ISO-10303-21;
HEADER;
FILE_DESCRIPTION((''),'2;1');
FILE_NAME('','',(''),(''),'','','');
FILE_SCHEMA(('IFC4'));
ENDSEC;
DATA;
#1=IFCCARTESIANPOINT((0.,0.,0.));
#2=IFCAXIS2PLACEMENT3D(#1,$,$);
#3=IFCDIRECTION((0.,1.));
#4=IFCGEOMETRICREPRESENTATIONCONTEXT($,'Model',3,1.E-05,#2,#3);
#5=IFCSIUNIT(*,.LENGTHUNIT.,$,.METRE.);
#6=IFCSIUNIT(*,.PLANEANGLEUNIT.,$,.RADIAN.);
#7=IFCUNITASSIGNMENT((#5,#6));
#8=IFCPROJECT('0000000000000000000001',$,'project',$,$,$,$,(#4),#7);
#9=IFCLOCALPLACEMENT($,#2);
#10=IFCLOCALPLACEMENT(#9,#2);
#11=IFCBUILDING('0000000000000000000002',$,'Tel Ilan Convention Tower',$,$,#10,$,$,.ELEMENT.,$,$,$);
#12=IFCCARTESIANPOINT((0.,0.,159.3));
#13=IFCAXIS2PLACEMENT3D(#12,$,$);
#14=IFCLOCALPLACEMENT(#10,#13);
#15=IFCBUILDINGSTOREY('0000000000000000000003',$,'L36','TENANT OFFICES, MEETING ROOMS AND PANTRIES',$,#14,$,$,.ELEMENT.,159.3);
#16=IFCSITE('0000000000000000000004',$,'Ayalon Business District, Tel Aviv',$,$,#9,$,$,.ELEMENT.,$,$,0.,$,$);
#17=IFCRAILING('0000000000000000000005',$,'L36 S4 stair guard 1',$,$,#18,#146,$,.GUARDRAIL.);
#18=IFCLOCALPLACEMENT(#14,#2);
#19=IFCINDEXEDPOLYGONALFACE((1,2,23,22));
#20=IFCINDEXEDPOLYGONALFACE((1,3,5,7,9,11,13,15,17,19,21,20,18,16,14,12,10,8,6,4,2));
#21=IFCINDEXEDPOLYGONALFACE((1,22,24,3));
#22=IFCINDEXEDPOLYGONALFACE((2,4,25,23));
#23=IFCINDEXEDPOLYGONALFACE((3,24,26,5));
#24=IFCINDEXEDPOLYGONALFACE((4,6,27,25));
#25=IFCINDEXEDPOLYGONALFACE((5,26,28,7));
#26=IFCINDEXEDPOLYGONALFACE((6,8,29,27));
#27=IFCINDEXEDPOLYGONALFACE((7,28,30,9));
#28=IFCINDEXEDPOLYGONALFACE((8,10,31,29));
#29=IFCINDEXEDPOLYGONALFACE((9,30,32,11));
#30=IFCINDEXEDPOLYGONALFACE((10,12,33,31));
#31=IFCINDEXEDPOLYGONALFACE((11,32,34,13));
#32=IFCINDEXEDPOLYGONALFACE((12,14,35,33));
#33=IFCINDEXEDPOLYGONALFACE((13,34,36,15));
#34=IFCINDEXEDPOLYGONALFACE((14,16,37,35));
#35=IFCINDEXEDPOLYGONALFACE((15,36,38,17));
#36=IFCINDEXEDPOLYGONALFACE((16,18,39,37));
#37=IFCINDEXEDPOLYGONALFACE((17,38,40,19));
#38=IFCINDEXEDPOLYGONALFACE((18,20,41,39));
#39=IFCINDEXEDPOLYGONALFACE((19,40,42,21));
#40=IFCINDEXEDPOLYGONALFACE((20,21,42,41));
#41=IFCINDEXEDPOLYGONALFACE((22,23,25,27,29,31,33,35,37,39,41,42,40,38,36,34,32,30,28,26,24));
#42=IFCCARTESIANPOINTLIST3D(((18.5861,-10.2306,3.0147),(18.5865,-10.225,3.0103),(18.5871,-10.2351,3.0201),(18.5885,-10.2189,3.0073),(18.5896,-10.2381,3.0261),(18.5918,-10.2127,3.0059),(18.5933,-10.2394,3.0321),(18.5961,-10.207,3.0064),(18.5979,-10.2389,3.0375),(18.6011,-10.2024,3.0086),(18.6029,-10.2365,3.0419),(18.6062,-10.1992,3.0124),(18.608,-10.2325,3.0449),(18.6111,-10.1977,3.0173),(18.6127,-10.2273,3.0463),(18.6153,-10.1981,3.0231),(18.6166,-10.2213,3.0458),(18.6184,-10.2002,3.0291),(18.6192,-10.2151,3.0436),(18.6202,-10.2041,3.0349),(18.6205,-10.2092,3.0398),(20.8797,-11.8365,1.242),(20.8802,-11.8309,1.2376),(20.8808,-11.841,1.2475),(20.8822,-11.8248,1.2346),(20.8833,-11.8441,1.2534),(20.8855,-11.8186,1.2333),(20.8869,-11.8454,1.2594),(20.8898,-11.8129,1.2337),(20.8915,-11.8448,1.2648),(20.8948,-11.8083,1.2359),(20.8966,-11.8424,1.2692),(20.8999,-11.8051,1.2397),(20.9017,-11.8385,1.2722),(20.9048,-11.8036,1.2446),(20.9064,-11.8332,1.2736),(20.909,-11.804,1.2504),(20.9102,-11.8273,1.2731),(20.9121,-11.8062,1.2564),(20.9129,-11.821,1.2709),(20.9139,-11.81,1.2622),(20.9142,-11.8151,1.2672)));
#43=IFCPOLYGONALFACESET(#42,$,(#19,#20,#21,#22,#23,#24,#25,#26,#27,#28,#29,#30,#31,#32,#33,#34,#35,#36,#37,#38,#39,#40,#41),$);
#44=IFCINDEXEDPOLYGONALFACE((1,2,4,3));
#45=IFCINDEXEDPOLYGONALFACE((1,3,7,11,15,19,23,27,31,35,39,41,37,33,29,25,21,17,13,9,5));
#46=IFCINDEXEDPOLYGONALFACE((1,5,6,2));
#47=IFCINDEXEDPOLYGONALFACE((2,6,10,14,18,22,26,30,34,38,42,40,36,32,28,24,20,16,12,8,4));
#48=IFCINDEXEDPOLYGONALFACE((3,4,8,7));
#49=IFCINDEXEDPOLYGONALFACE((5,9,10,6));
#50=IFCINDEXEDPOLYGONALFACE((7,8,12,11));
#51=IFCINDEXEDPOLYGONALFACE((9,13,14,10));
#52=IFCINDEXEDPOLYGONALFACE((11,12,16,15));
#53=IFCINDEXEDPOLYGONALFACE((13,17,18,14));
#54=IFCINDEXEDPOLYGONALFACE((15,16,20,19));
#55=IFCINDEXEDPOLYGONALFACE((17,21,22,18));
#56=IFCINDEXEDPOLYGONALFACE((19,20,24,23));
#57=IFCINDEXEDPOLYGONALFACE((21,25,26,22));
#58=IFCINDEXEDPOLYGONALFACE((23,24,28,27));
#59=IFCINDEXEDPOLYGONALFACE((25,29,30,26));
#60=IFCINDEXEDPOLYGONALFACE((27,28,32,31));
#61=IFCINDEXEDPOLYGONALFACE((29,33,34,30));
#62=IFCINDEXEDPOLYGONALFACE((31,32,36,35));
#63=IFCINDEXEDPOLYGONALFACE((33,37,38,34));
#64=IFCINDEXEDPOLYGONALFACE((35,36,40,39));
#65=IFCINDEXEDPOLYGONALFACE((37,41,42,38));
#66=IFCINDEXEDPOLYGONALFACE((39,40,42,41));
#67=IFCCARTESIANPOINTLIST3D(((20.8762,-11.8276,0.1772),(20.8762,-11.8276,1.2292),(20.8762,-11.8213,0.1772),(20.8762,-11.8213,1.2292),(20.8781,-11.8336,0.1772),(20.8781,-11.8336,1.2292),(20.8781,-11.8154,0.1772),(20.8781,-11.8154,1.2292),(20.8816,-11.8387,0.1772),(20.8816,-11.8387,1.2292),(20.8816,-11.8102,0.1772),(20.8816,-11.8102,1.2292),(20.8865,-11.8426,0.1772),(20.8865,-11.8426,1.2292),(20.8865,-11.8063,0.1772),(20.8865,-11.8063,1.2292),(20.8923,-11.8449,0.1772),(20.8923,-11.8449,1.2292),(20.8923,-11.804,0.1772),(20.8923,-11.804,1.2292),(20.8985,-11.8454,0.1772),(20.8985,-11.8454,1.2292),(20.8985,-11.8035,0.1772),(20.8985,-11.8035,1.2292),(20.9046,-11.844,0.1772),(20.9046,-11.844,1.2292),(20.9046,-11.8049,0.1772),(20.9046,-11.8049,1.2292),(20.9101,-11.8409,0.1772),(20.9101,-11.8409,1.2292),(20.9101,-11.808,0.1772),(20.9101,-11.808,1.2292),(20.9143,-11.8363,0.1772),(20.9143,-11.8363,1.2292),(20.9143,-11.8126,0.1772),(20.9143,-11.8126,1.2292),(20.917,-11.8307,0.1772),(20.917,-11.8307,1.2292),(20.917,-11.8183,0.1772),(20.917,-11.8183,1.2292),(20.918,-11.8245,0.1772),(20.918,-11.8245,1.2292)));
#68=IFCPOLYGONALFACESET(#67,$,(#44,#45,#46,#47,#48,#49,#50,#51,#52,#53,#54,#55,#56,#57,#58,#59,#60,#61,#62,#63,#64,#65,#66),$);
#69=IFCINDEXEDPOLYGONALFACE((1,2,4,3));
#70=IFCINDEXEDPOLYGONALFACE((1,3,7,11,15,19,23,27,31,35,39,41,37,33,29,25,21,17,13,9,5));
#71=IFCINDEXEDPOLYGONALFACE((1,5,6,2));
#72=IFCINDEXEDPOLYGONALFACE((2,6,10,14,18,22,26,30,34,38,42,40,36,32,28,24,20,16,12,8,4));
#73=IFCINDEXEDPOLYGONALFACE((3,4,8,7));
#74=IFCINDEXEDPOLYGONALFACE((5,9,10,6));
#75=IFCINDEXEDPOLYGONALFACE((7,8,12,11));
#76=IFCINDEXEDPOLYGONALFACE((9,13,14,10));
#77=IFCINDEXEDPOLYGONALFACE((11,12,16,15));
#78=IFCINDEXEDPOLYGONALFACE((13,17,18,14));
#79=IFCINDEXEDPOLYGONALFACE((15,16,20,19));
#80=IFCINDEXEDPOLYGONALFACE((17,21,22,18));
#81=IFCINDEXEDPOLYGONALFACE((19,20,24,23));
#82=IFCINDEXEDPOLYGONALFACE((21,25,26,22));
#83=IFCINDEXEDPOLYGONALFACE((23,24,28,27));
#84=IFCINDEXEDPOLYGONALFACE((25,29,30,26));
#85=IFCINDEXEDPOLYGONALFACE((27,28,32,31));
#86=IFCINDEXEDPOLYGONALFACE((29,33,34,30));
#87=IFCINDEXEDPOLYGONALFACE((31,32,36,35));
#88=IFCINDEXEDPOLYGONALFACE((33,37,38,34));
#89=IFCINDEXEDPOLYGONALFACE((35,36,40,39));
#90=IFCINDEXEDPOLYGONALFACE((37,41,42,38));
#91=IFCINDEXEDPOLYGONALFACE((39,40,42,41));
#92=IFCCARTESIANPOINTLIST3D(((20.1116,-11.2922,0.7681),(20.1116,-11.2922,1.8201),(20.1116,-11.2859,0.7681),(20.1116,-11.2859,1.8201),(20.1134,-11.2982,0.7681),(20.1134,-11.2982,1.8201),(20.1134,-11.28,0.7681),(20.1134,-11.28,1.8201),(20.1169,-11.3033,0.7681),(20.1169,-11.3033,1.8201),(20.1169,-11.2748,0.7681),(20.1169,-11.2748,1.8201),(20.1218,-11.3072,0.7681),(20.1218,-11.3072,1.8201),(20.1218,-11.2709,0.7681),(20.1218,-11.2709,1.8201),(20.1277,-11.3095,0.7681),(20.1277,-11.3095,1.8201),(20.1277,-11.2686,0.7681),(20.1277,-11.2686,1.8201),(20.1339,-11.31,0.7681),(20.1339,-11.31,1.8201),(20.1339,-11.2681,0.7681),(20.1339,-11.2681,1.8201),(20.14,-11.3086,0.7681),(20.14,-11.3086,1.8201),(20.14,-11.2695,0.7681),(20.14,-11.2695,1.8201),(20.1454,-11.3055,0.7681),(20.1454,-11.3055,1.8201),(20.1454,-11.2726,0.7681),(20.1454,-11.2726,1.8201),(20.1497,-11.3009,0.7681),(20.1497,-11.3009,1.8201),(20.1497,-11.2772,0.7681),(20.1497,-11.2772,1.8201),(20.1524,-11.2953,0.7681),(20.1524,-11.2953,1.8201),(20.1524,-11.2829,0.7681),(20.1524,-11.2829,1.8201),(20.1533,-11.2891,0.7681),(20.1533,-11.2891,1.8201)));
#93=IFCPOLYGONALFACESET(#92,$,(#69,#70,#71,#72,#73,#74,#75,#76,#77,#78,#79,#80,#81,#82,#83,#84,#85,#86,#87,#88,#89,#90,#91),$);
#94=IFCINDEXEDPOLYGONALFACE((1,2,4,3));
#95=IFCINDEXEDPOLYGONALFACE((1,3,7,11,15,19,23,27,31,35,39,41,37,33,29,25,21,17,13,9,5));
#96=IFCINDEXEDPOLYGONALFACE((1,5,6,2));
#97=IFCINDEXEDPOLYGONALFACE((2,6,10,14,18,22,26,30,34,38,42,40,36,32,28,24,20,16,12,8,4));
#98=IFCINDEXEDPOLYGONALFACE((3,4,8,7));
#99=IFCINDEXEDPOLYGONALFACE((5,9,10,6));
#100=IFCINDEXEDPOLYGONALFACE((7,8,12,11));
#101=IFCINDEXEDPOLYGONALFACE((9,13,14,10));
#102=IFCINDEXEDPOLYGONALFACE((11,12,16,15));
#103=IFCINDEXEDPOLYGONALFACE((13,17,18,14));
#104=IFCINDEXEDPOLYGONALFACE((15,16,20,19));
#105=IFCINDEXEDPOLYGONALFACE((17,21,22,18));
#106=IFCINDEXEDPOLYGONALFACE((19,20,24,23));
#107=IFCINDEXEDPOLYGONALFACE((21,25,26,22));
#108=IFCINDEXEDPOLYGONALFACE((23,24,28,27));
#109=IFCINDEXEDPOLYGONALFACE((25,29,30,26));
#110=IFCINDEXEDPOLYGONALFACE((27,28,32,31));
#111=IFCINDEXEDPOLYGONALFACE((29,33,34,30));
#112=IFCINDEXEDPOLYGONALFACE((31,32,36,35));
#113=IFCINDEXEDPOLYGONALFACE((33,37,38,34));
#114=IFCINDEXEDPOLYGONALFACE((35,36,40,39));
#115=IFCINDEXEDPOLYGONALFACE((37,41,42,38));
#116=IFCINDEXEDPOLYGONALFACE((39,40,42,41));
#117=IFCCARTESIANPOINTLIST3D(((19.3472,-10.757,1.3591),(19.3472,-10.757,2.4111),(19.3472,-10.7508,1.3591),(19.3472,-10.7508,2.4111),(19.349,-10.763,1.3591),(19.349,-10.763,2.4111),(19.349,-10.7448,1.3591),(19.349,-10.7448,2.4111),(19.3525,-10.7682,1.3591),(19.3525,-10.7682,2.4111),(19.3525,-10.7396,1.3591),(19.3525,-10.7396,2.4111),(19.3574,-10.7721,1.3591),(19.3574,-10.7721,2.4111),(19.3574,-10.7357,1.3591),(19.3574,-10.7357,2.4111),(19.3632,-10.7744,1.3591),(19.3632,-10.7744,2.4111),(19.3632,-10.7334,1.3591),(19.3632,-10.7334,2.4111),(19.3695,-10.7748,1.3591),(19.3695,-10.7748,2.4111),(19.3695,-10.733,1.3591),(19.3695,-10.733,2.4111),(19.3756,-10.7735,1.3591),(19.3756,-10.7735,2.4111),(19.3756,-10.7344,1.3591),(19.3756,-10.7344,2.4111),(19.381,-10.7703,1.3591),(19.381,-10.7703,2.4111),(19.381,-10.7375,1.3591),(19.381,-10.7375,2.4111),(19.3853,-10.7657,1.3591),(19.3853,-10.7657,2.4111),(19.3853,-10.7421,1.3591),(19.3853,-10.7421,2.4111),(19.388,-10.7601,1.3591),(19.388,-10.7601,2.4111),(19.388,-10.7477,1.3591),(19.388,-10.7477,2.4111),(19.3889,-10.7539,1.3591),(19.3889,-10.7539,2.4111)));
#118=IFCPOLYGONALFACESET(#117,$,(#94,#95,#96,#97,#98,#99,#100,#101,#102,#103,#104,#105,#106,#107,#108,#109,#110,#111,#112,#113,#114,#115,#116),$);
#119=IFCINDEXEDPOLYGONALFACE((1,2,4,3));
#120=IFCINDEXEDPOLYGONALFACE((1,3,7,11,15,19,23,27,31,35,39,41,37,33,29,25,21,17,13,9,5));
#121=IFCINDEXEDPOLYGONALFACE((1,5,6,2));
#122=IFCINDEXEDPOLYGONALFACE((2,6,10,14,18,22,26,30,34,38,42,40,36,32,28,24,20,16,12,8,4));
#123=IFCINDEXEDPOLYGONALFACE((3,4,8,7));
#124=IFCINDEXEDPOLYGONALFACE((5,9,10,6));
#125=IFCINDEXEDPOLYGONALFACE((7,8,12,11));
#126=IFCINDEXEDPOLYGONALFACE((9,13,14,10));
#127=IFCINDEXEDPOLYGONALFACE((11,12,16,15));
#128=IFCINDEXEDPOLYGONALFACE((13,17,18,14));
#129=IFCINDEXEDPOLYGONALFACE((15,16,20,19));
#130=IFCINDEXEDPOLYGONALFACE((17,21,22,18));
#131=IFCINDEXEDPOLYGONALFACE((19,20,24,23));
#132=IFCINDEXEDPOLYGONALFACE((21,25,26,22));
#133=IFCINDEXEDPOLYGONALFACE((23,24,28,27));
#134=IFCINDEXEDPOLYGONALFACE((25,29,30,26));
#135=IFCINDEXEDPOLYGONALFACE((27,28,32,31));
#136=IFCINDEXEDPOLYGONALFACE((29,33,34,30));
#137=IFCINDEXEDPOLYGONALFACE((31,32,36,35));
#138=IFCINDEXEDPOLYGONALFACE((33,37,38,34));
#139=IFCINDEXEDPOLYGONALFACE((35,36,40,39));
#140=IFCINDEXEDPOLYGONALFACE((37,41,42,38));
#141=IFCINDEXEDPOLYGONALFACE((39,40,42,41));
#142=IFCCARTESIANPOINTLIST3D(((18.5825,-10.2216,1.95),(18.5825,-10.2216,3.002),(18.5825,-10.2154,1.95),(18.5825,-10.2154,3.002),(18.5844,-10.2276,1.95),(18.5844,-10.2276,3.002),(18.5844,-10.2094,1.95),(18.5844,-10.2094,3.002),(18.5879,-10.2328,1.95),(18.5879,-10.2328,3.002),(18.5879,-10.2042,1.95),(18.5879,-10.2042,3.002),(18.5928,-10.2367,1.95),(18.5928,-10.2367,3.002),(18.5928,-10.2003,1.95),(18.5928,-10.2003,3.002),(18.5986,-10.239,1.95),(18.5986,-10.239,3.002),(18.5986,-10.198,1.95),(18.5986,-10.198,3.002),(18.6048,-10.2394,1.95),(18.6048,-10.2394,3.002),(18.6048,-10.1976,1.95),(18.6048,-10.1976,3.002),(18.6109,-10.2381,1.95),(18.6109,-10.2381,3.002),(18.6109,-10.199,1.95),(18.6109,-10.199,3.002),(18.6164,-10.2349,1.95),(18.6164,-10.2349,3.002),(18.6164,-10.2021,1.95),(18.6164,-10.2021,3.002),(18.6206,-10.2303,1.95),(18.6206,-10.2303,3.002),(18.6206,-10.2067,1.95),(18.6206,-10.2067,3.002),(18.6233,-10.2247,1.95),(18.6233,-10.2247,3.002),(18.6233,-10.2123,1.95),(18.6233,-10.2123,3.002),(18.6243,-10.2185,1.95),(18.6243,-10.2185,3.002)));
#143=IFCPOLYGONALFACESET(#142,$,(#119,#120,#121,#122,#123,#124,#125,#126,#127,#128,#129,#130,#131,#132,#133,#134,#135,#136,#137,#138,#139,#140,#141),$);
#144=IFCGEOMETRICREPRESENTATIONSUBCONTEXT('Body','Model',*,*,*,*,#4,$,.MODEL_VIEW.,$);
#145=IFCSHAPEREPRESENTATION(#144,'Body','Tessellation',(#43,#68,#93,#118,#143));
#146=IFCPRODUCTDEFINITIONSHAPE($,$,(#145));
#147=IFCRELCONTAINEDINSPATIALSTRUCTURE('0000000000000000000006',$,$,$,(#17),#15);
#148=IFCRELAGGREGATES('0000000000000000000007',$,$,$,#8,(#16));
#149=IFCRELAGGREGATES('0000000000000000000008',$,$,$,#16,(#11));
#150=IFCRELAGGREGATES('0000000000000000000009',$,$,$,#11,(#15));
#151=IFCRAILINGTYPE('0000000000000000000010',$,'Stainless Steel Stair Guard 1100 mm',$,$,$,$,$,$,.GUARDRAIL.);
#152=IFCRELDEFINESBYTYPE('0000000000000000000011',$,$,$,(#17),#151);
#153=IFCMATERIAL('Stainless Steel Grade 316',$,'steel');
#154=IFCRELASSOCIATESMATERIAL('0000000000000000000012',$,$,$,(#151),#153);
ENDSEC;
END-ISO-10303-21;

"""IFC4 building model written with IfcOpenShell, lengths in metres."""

from ifc_helpers import new_model, si_unit, direction, frame, origin, origin_2d, place, context, subcontext, project, spatial, circle, extrude, material, type_object, element, save


model = new_model("IFC4")

# Units and contexts
model_context = context("Model", 3, precision=1e-05, world=origin(), true_north=direction((0.0, 1.0)))
body_context = subcontext(model_context, "Body", "Model", "MODEL_VIEW")
ifc_project = project(units=[si_unit("LENGTHUNIT", "METRE"), si_unit("PLANEANGLEUNIT", "RADIAN")], contexts=[model_context])

# Site, building, storey
site_placement = place(None, origin())
site = spatial("IfcSite", under=ifc_project, at=site_placement, Name="Ayalon Business District, Tel Aviv", CompositionType="ELEMENT", RefElevation=0.0)
building_placement = place(site_placement, origin())
building = spatial("IfcBuilding", under=site, at=building_placement, Name="Tel Ilan Convention Tower", CompositionType="ELEMENT")
storey_placement = place(building_placement, frame((0.0, 0.0, 159.3)))
storey = spatial("IfcBuildingStorey", under=building, at=storey_placement, Name="L36", Description="TENANT OFFICES, MEETING ROOMS AND PANTRIES", CompositionType="ELEMENT", Elevation=159.3)

# Railing
ifc_material_1 = material(Name="Stainless Steel Grade 316", Category="steel")
railing_type_1 = type_object("IfcRailingType", Name="Stainless Steel Stair Guard 1100 mm", PredefinedType="GUARDRAIL", material=ifc_material_1)
railing_1_placement = place(storey_placement, frame((20.897, -11.8245, 0.1772)))
element("IfcRailing", 1, at=railing_1_placement, inside=storey, type_object=railing_type_1, Name="L36 S4 stair guard 1", PredefinedType="GUARDRAIL", context=body_context, shape_type="SweptSolid", body=[
    extrude(circle(Radius=0.0239, at=origin_2d()), frame((0.0, 0.0, 1.0762), z_axis=(-0.692123, 0.484597, 0.534913), x_axis=(-0.57355, -0.81917, 0.0)), (0.0, 0.0, 1.0), 3.314),
    extrude(circle(Radius=0.021, at=origin_2d()), origin(), (0.0, 0.0, 1.0), 1.052),
    extrude(circle(Radius=0.021, at=origin_2d()), frame((-0.7646, 0.5354, 0.5908)), (0.0, 0.0, 1.0), 1.052),
    extrude(circle(Radius=0.021, at=origin_2d()), frame((-1.5291, 1.0706, 1.1819)), (0.0, 0.0, 1.0), 1.052),
    extrude(circle(Radius=0.021, at=origin_2d()), frame((-2.2937, 1.606, 1.7727)), (0.0, 0.0, 1.0), 1.052),
])

save(model, "model.ifc")
